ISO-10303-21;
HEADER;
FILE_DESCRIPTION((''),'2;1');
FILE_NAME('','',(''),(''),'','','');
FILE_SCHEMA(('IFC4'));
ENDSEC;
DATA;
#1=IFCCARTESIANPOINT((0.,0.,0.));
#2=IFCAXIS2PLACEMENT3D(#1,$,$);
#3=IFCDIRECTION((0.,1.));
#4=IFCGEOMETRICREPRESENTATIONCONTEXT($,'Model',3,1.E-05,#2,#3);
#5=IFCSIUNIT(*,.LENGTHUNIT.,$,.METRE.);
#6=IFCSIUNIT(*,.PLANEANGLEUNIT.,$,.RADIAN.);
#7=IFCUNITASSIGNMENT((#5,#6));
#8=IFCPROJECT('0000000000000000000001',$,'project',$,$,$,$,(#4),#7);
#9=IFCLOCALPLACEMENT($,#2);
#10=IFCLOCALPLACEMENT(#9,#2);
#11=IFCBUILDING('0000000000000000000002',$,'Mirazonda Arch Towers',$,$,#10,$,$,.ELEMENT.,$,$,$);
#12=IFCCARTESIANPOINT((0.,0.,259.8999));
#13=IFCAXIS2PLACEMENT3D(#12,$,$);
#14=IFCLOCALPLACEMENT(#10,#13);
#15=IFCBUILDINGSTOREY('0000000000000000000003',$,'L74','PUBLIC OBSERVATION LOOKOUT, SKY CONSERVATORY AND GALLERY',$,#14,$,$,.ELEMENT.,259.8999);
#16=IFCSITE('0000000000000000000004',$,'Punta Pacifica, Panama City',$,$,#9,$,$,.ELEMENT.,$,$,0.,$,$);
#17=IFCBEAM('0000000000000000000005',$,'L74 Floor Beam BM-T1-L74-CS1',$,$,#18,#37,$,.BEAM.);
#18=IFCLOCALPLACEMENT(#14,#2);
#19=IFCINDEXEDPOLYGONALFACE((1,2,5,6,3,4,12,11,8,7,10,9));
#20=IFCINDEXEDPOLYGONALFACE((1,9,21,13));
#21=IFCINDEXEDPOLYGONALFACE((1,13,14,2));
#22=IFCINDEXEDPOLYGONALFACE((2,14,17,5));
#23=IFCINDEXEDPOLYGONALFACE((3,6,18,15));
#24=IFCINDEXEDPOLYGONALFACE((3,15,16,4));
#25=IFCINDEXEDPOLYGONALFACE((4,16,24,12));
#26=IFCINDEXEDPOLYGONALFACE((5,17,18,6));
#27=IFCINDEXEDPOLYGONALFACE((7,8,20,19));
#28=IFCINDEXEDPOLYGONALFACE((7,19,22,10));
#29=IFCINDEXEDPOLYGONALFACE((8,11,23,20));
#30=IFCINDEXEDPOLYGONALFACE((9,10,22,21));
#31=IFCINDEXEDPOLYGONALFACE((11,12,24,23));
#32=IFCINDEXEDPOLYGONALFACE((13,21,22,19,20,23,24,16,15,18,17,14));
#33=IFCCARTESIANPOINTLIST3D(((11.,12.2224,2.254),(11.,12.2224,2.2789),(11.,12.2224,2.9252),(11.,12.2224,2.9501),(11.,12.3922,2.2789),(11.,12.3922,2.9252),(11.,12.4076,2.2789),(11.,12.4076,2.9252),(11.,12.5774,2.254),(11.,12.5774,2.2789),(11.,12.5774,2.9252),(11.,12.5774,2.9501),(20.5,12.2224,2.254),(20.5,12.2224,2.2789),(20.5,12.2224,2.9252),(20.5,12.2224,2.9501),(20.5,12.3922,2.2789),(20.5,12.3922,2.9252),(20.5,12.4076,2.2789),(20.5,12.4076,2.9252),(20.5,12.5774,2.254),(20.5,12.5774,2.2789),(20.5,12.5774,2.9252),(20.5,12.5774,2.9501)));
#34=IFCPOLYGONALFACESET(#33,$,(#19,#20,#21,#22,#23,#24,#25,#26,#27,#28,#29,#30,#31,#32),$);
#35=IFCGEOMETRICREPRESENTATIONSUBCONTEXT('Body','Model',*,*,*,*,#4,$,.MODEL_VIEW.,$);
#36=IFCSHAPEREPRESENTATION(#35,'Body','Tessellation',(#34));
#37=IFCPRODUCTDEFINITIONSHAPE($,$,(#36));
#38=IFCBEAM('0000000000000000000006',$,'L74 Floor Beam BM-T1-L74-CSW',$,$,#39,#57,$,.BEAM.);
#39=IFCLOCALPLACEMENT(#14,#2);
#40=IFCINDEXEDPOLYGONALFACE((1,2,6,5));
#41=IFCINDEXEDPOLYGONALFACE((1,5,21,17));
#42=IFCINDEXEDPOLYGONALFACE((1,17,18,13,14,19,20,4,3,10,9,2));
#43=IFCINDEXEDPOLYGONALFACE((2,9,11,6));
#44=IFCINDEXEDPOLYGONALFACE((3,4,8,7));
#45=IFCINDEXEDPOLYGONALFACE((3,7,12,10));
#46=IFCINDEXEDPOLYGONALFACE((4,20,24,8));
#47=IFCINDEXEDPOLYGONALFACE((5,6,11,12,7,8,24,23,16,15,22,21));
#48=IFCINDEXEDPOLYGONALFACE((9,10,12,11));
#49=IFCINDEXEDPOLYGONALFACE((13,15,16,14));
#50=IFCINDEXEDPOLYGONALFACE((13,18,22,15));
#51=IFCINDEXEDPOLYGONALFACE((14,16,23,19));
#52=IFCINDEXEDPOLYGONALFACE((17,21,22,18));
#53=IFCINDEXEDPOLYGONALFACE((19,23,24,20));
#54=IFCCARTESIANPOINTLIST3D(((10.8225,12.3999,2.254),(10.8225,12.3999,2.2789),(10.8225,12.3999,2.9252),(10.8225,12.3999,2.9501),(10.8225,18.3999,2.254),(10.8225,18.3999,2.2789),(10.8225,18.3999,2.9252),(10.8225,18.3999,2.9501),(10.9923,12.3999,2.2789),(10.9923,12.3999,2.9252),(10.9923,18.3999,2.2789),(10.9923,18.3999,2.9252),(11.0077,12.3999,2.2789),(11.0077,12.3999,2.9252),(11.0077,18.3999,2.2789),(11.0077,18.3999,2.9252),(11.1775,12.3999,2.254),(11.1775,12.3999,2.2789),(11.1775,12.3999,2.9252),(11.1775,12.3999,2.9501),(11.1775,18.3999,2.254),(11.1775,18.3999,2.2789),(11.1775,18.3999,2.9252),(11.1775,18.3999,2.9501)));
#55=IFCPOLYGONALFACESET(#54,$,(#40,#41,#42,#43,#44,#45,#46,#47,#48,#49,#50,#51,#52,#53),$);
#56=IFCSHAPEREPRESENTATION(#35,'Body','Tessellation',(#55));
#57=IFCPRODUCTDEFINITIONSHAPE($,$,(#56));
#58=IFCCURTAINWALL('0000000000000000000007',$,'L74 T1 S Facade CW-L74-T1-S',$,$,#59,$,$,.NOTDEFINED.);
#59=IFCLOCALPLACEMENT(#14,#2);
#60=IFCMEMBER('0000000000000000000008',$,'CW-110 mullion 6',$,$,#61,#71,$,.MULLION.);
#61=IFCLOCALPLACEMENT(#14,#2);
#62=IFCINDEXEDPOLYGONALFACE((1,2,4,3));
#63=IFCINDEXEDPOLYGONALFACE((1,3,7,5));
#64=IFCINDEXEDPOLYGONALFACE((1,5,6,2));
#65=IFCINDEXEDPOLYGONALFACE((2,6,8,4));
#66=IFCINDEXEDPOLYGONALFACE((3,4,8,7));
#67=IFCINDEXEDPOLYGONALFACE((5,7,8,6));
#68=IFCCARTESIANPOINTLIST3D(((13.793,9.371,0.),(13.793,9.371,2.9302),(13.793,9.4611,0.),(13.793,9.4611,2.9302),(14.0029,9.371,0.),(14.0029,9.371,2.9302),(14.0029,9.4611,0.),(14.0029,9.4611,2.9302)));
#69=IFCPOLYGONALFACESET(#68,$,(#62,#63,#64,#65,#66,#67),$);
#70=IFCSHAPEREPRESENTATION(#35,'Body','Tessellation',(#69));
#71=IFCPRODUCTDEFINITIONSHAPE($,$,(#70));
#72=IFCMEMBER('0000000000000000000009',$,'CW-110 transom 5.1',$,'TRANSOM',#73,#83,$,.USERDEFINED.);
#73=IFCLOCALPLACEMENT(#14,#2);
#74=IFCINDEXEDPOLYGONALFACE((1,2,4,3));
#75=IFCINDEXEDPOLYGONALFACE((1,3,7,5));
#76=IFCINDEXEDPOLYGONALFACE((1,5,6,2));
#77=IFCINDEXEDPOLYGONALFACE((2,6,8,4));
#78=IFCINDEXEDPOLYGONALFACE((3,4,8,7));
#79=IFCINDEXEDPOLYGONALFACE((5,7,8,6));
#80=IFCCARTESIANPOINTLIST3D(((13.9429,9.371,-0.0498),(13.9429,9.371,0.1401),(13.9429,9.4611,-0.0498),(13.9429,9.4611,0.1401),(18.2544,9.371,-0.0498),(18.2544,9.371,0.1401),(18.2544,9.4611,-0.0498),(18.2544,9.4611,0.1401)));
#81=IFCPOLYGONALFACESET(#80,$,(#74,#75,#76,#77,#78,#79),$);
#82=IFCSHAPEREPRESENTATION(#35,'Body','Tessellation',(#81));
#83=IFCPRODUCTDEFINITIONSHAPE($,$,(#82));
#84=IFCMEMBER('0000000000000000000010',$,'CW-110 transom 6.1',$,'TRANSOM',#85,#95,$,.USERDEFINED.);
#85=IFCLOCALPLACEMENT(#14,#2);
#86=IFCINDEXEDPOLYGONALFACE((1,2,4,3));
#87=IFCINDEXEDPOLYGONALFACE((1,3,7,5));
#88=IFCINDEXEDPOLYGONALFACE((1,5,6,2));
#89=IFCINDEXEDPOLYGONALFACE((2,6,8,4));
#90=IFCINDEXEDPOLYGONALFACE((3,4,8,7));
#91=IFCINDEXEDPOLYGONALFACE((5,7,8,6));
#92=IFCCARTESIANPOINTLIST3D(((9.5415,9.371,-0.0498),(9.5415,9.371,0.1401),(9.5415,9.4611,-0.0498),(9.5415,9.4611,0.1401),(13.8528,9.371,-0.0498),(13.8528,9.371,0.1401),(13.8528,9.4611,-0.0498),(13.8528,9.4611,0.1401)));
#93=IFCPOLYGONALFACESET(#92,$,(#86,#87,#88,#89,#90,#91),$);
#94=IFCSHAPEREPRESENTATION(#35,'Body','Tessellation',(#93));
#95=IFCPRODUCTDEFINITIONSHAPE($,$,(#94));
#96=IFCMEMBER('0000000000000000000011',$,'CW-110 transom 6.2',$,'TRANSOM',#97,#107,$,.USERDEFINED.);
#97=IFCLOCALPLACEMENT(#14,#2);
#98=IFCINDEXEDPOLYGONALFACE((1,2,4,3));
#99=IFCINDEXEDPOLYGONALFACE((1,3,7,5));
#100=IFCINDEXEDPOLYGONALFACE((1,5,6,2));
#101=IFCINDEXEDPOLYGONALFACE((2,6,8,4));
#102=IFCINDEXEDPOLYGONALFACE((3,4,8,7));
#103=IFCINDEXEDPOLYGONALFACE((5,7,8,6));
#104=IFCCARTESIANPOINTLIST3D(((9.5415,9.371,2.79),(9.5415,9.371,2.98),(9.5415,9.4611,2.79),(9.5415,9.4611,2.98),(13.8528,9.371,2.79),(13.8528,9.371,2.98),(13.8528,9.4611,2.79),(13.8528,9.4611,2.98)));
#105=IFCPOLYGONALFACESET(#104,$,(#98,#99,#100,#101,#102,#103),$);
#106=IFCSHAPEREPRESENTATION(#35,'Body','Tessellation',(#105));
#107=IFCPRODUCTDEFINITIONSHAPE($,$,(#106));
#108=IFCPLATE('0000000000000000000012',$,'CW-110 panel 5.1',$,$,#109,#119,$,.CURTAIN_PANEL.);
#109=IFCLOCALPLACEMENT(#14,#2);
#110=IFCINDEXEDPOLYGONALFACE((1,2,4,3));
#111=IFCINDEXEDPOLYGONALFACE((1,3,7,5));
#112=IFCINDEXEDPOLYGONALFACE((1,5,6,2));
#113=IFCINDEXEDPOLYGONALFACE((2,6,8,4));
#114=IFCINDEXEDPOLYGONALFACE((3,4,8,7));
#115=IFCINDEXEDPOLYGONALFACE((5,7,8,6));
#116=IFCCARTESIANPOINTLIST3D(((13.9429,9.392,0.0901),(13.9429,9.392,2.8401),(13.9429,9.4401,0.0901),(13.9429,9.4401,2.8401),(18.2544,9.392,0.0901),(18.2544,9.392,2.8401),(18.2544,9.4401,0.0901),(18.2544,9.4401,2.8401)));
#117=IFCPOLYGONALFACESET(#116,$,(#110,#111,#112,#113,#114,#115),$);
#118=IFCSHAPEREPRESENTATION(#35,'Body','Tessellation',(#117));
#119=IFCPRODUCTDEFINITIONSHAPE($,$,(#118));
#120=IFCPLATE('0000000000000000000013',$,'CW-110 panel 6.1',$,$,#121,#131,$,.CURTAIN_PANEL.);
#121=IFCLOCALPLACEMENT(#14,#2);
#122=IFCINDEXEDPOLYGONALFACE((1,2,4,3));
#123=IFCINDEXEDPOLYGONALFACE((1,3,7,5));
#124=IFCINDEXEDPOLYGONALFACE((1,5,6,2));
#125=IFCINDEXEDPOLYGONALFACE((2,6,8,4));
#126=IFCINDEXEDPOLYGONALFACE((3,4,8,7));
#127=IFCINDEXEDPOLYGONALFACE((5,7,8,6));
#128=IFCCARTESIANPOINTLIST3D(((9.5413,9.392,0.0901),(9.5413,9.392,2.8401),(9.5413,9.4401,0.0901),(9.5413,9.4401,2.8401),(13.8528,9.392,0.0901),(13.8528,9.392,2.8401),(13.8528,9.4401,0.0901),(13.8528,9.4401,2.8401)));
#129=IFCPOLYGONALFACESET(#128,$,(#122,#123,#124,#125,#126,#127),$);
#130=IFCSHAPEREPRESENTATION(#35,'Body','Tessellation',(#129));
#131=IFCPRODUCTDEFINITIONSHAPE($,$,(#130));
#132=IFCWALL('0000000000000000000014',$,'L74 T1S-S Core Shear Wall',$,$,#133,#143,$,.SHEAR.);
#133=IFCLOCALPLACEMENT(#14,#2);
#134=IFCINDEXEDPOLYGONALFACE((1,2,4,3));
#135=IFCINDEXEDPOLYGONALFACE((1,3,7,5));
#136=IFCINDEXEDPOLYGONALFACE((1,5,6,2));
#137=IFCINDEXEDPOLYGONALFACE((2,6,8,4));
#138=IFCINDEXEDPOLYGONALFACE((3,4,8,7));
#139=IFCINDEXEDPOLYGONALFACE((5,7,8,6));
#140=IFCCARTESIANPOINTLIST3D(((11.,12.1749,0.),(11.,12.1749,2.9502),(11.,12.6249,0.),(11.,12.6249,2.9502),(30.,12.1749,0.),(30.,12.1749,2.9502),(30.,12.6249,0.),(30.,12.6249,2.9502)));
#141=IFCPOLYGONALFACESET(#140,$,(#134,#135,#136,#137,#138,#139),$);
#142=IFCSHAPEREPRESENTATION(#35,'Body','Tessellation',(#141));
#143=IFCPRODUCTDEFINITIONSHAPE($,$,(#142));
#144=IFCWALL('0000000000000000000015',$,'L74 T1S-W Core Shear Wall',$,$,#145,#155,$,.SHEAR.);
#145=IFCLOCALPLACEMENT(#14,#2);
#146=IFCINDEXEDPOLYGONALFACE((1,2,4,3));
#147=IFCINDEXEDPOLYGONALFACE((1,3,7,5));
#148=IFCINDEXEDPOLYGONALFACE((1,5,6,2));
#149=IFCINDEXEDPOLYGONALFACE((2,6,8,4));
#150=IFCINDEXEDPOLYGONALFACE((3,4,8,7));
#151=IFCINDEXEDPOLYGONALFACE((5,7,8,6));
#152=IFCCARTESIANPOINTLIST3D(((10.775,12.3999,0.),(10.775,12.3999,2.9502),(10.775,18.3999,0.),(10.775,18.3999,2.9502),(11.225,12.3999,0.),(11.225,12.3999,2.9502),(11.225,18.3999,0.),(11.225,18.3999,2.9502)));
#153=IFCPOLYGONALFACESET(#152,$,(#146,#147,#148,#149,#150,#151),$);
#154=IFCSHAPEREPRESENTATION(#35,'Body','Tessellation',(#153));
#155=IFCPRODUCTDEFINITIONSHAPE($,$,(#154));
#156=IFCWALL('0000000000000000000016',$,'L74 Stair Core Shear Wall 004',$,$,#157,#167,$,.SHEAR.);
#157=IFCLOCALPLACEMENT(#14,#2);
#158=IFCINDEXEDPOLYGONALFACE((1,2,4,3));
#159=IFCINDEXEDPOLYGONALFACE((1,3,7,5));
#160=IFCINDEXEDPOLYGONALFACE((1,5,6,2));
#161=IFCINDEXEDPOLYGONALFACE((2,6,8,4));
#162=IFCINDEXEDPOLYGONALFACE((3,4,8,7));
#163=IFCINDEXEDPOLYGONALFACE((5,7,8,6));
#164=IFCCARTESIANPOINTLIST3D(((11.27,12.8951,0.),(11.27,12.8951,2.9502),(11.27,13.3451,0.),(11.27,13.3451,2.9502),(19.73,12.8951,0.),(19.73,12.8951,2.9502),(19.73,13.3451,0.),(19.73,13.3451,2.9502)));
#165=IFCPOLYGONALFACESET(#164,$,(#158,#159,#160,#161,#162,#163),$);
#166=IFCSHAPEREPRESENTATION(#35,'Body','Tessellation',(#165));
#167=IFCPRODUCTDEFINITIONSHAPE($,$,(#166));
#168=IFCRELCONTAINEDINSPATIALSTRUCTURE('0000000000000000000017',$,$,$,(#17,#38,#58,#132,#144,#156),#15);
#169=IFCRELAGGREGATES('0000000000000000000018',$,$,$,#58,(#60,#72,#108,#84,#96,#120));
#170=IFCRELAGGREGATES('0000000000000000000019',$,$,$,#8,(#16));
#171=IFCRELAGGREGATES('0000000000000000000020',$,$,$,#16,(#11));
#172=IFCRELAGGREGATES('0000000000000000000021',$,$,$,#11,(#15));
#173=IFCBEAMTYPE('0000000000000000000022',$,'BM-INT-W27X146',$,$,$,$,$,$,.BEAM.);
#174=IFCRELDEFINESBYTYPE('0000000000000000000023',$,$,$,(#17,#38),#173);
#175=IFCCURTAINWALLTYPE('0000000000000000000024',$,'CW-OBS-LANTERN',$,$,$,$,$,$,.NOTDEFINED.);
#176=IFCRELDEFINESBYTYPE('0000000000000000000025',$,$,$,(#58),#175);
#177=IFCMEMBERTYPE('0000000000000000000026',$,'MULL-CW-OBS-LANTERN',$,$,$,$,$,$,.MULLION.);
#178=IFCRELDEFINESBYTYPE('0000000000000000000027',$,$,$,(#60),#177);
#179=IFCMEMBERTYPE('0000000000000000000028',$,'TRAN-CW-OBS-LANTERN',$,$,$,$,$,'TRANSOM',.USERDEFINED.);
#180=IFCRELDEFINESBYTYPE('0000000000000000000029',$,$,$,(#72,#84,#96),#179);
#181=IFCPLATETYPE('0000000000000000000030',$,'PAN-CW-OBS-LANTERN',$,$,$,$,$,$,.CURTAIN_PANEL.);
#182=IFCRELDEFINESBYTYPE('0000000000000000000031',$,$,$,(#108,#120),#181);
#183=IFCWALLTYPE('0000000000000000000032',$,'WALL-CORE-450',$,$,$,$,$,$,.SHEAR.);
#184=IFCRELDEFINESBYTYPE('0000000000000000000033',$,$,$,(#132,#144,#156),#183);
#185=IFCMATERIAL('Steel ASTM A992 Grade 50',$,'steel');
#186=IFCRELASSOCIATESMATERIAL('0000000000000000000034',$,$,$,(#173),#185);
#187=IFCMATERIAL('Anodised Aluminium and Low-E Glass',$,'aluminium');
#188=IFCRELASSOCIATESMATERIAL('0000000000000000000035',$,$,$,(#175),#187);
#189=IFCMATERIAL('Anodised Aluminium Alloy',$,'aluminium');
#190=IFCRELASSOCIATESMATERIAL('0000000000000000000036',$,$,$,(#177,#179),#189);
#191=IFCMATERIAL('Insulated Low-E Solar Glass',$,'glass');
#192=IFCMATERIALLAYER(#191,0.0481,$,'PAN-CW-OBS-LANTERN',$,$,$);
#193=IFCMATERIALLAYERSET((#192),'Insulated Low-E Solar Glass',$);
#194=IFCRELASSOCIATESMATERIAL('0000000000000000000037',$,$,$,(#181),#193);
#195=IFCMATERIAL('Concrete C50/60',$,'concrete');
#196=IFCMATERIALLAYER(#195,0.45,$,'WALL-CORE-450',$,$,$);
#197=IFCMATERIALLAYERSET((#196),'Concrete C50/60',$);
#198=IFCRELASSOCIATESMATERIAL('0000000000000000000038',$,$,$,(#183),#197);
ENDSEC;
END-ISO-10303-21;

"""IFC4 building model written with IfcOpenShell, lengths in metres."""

from ifc_helpers import new_model, si_unit, direction, frame, frame_2d, origin, origin_2d, place, context, subcontext, project, spatial, rectangle, i_section, extrude, material, layer, layer_set, material_profile, profile_set, type_object, element, aggregate, save


model = new_model("IFC4")

# Units and contexts
model_context = context("Model", 3, precision=1e-05, world=origin(), true_north=direction((0.0, 1.0)))
body_context = subcontext(model_context, "Body", "Model", "MODEL_VIEW")
ifc_project = project(units=[si_unit("LENGTHUNIT", "METRE"), si_unit("PLANEANGLEUNIT", "RADIAN")], contexts=[model_context])

# Site, building, storey
site_placement = place(None, origin())
site = spatial("IfcSite", under=ifc_project, at=site_placement, Name="Punta Pacifica, Panama City", CompositionType="ELEMENT", RefElevation=0.0)
building_placement = place(site_placement, origin())
building = spatial("IfcBuilding", under=site, at=building_placement, Name="Mirazonda Arch Towers", CompositionType="ELEMENT")
storey_placement = place(building_placement, frame((0.0, 0.0, 259.8999)))
storey = spatial("IfcBuildingStorey", under=building, at=storey_placement, Name="L74", Description="PUBLIC OBSERVATION LOOKOUT, SKY CONSERVATORY AND GALLERY", CompositionType="ELEMENT", Elevation=259.8999)

# Beams
ifc_material_1 = material(Name="Steel ASTM A992 Grade 50", Category="steel")
ifc_material_profile_1 = material_profile(ifc_material_1, i_section(OverallWidth=0.355, OverallDepth=0.696, WebThickness=0.0154, FlangeThickness=0.0249, at=origin_2d()), Name="W27X146")
ifc_profile_set_1 = profile_set([ifc_material_profile_1], Name="Steel ASTM A992 Grade 50")
beam_type = type_object("IfcBeamType", Name="BM-INT-W27X146", PredefinedType="BEAM", material=ifc_profile_set_1)
beam_1_placement = place(storey_placement, frame((11.0, 12.3999, 2.6021), z_axis=(1.0, 0.0, 0.0), x_axis=(0.0, 1.0, 0.0)))
element("IfcBeam", 1, at=beam_1_placement, inside=storey, type_object=beam_type, Name="L74 Floor Beam BM-T1-L74-CS1", PredefinedType="BEAM", context=body_context, shape_type="SweptSolid", body=[
    extrude(i_section(OverallWidth=0.355, OverallDepth=0.696, WebThickness=0.0154, FlangeThickness=0.0249, at=origin_2d()), origin(), (0.0, 0.0, 1.0), 9.5),
])
beam_2_placement = place(storey_placement, frame((11.0, 12.3999, 2.6021), z_axis=(0.0, 1.0, 0.0), x_axis=(-1.0, 0.0, 0.0)))
element("IfcBeam", 2, at=beam_2_placement, inside=storey, type_object=beam_type, Name="L74 Floor Beam BM-T1-L74-CSW", PredefinedType="BEAM", context=body_context, shape_type="SweptSolid", body=[
    extrude(i_section(OverallWidth=0.355, OverallDepth=0.696, WebThickness=0.0154, FlangeThickness=0.0249, at=origin_2d()), origin(), (0.0, 0.0, 1.0), 6.0),
])

# Curtain wall, members, plates
ifc_material_2 = material(Name="Anodised Aluminium and Low-E Glass", Category="aluminium")
curtain_wall_type = type_object("IfcCurtainWallType", Name="CW-OBS-LANTERN", PredefinedType="NOTDEFINED", material=ifc_material_2)
curtain_wall_placement = place(storey_placement, origin())
curtain_wall = element("IfcCurtainWall", 3, at=curtain_wall_placement, inside=storey, type_object=curtain_wall_type, Name="L74 T1 S Facade CW-L74-T1-S", PredefinedType="NOTDEFINED")
ifc_material_3 = material(Name="Anodised Aluminium Alloy", Category="aluminium")
ifc_material_profile_2 = material_profile(ifc_material_3, rectangle(XDim=0.0901, YDim=0.21, at=origin_2d()), Name="ALU-MULL-90x210")
ifc_profile_set_2 = profile_set([ifc_material_profile_2], Name="Anodised Aluminium Alloy")
member_type_1 = type_object("IfcMemberType", Name="MULL-CW-OBS-LANTERN", PredefinedType="MULLION", material=ifc_profile_set_2)
member_1_placement = place(storey_placement, frame((13.8979, 9.416, 0.0), z_axis=(0.0, 0.0, 1.0), x_axis=(0.0, -1.0, 0.0)))
member_1 = element("IfcMember", 4, at=member_1_placement, type_object=member_type_1, Name="CW-110 mullion 6", PredefinedType="MULLION", context=body_context, shape_type="SweptSolid", body=[
    extrude(rectangle(XDim=0.0901, YDim=0.21, at=origin_2d()), origin(), (0.0, 0.0, 1.0), 2.9302),
])
ifc_material_profile_3 = material_profile(ifc_material_3, rectangle(XDim=0.0901, YDim=0.1899, at=origin_2d()), Name="ALU-TRAN-90x190")
ifc_profile_set_3 = profile_set([ifc_material_profile_3], Name="Anodised Aluminium Alloy")
member_type_2 = type_object("IfcMemberType", Name="TRAN-CW-OBS-LANTERN", ElementType="TRANSOM", PredefinedType="USERDEFINED", material=ifc_profile_set_3)
member_2_placement = place(storey_placement, frame((18.2544, 9.416, 0.0452), z_axis=(-1.0, 0.0, 0.0), x_axis=(0.0, -1.0, 0.0)))
member_2 = element("IfcMember", 5, at=member_2_placement, type_object=member_type_2, Name="CW-110 transom 5.1", ObjectType="TRANSOM", PredefinedType="USERDEFINED", context=body_context, shape_type="SweptSolid", body=[
    extrude(rectangle(XDim=0.0901, YDim=0.1899, at=origin_2d()), origin(), (0.0, 0.0, 1.0), 4.3115),
])
member_3_placement = place(storey_placement, frame((13.8528, 9.416, 0.0452), z_axis=(-1.0, 0.0, 0.0), x_axis=(0.0, -1.0, 0.0)))
member_3 = element("IfcMember", 6, at=member_3_placement, type_object=member_type_2, Name="CW-110 transom 6.1", ObjectType="TRANSOM", PredefinedType="USERDEFINED", context=body_context, shape_type="SweptSolid", body=[
    extrude(rectangle(XDim=0.0901, YDim=0.1899, at=origin_2d()), origin(), (0.0, 0.0, 1.0), 4.3113),
])
member_4_placement = place(storey_placement, frame((13.8528, 9.416, 2.885), z_axis=(-1.0, 0.0, 0.0), x_axis=(0.0, -1.0, 0.0)))
member_4 = element("IfcMember", 7, at=member_4_placement, type_object=member_type_2, Name="CW-110 transom 6.2", ObjectType="TRANSOM", PredefinedType="USERDEFINED", context=body_context, shape_type="SweptSolid", body=[
    extrude(rectangle(XDim=0.0901, YDim=0.1899, at=origin_2d()), origin(), (0.0, 0.0, 1.0), 4.3113),
])
ifc_material_4 = material(Name="Insulated Low-E Solar Glass", Category="glass")
ifc_layer_1 = layer(ifc_material_4, 0.0481, Name="PAN-CW-OBS-LANTERN")
ifc_layer_set_1 = layer_set([ifc_layer_1], Name="Insulated Low-E Solar Glass")
plate_type = type_object("IfcPlateType", Name="PAN-CW-OBS-LANTERN", PredefinedType="CURTAIN_PANEL", material=ifc_layer_set_1)
plate_1_placement = place(storey_placement, frame((16.0986, 9.416, 0.0901), z_axis=(0.0, 0.0, 1.0), x_axis=(-1.0, 0.0, 0.0)))
plate_1 = element("IfcPlate", 8, at=plate_1_placement, type_object=plate_type, Name="CW-110 panel 5.1", PredefinedType="CURTAIN_PANEL", context=body_context, shape_type="SweptSolid", body=[
    extrude(rectangle(XDim=4.3115, YDim=0.0481, at=origin_2d()), origin(), (0.0, 0.0, 1.0), 2.75),
])
plate_2_placement = place(storey_placement, frame((11.697, 9.416, 0.0901), z_axis=(0.0, 0.0, 1.0), x_axis=(-1.0, 0.0, 0.0)))
plate_2 = element("IfcPlate", 9, at=plate_2_placement, type_object=plate_type, Name="CW-110 panel 6.1", PredefinedType="CURTAIN_PANEL", context=body_context, shape_type="SweptSolid", body=[
    extrude(rectangle(XDim=4.3115, YDim=0.0481, at=origin_2d()), origin(), (0.0, 0.0, 1.0), 2.75),
])
aggregate(curtain_wall, [member_1, member_2, plate_1, member_3, member_4, plate_2])

# Walls
ifc_material_5 = material(Name="Concrete C50/60", Category="concrete")
ifc_layer_2 = layer(ifc_material_5, 0.45, Name="WALL-CORE-450")
ifc_layer_set_2 = layer_set([ifc_layer_2], Name="Concrete C50/60")
wall_type = type_object("IfcWallType", Name="WALL-CORE-450", PredefinedType="SHEAR", material=ifc_layer_set_2)
wall_1_placement = place(storey_placement, frame((11.0, 12.3999, 0.0), z_axis=(0.0, 0.0, 1.0), x_axis=(1.0, 0.0, 0.0)))
element("IfcWall", 10, at=wall_1_placement, inside=storey, type_object=wall_type, Name="L74 T1S-S Core Shear Wall", PredefinedType="SHEAR", context=body_context, shape_type="SweptSolid", body=[
    extrude(rectangle(XDim=19.0, YDim=0.45, at=frame_2d((9.5, 0.0))), origin(), (0.0, 0.0, 1.0), 2.9502),
])
wall_2_placement = place(storey_placement, frame((11.0, 12.3999, 0.0), z_axis=(0.0, 0.0, 1.0), x_axis=(0.0, 1.0, 0.0)))
element("IfcWall", 11, at=wall_2_placement, inside=storey, type_object=wall_type, Name="L74 T1S-W Core Shear Wall", PredefinedType="SHEAR", context=body_context, shape_type="SweptSolid", body=[
    extrude(rectangle(XDim=6.0, YDim=0.45, at=frame_2d((3.0, 0.0))), origin(), (0.0, 0.0, 1.0), 2.9502),
])
wall_3_placement = place(storey_placement, frame((11.27, 13.1201, 0.0), z_axis=(0.0, 0.0, 1.0), x_axis=(1.0, 0.0, 0.0)))
element("IfcWall", 12, at=wall_3_placement, inside=storey, type_object=wall_type, Name="L74 Stair Core Shear Wall 004", PredefinedType="SHEAR", context=body_context, shape_type="SweptSolid", body=[
    extrude(rectangle(XDim=8.46, YDim=0.45, at=frame_2d((4.23, 0.0))), origin(), (0.0, 0.0, 1.0), 2.9502),
])

save(model, "model.ifc")
